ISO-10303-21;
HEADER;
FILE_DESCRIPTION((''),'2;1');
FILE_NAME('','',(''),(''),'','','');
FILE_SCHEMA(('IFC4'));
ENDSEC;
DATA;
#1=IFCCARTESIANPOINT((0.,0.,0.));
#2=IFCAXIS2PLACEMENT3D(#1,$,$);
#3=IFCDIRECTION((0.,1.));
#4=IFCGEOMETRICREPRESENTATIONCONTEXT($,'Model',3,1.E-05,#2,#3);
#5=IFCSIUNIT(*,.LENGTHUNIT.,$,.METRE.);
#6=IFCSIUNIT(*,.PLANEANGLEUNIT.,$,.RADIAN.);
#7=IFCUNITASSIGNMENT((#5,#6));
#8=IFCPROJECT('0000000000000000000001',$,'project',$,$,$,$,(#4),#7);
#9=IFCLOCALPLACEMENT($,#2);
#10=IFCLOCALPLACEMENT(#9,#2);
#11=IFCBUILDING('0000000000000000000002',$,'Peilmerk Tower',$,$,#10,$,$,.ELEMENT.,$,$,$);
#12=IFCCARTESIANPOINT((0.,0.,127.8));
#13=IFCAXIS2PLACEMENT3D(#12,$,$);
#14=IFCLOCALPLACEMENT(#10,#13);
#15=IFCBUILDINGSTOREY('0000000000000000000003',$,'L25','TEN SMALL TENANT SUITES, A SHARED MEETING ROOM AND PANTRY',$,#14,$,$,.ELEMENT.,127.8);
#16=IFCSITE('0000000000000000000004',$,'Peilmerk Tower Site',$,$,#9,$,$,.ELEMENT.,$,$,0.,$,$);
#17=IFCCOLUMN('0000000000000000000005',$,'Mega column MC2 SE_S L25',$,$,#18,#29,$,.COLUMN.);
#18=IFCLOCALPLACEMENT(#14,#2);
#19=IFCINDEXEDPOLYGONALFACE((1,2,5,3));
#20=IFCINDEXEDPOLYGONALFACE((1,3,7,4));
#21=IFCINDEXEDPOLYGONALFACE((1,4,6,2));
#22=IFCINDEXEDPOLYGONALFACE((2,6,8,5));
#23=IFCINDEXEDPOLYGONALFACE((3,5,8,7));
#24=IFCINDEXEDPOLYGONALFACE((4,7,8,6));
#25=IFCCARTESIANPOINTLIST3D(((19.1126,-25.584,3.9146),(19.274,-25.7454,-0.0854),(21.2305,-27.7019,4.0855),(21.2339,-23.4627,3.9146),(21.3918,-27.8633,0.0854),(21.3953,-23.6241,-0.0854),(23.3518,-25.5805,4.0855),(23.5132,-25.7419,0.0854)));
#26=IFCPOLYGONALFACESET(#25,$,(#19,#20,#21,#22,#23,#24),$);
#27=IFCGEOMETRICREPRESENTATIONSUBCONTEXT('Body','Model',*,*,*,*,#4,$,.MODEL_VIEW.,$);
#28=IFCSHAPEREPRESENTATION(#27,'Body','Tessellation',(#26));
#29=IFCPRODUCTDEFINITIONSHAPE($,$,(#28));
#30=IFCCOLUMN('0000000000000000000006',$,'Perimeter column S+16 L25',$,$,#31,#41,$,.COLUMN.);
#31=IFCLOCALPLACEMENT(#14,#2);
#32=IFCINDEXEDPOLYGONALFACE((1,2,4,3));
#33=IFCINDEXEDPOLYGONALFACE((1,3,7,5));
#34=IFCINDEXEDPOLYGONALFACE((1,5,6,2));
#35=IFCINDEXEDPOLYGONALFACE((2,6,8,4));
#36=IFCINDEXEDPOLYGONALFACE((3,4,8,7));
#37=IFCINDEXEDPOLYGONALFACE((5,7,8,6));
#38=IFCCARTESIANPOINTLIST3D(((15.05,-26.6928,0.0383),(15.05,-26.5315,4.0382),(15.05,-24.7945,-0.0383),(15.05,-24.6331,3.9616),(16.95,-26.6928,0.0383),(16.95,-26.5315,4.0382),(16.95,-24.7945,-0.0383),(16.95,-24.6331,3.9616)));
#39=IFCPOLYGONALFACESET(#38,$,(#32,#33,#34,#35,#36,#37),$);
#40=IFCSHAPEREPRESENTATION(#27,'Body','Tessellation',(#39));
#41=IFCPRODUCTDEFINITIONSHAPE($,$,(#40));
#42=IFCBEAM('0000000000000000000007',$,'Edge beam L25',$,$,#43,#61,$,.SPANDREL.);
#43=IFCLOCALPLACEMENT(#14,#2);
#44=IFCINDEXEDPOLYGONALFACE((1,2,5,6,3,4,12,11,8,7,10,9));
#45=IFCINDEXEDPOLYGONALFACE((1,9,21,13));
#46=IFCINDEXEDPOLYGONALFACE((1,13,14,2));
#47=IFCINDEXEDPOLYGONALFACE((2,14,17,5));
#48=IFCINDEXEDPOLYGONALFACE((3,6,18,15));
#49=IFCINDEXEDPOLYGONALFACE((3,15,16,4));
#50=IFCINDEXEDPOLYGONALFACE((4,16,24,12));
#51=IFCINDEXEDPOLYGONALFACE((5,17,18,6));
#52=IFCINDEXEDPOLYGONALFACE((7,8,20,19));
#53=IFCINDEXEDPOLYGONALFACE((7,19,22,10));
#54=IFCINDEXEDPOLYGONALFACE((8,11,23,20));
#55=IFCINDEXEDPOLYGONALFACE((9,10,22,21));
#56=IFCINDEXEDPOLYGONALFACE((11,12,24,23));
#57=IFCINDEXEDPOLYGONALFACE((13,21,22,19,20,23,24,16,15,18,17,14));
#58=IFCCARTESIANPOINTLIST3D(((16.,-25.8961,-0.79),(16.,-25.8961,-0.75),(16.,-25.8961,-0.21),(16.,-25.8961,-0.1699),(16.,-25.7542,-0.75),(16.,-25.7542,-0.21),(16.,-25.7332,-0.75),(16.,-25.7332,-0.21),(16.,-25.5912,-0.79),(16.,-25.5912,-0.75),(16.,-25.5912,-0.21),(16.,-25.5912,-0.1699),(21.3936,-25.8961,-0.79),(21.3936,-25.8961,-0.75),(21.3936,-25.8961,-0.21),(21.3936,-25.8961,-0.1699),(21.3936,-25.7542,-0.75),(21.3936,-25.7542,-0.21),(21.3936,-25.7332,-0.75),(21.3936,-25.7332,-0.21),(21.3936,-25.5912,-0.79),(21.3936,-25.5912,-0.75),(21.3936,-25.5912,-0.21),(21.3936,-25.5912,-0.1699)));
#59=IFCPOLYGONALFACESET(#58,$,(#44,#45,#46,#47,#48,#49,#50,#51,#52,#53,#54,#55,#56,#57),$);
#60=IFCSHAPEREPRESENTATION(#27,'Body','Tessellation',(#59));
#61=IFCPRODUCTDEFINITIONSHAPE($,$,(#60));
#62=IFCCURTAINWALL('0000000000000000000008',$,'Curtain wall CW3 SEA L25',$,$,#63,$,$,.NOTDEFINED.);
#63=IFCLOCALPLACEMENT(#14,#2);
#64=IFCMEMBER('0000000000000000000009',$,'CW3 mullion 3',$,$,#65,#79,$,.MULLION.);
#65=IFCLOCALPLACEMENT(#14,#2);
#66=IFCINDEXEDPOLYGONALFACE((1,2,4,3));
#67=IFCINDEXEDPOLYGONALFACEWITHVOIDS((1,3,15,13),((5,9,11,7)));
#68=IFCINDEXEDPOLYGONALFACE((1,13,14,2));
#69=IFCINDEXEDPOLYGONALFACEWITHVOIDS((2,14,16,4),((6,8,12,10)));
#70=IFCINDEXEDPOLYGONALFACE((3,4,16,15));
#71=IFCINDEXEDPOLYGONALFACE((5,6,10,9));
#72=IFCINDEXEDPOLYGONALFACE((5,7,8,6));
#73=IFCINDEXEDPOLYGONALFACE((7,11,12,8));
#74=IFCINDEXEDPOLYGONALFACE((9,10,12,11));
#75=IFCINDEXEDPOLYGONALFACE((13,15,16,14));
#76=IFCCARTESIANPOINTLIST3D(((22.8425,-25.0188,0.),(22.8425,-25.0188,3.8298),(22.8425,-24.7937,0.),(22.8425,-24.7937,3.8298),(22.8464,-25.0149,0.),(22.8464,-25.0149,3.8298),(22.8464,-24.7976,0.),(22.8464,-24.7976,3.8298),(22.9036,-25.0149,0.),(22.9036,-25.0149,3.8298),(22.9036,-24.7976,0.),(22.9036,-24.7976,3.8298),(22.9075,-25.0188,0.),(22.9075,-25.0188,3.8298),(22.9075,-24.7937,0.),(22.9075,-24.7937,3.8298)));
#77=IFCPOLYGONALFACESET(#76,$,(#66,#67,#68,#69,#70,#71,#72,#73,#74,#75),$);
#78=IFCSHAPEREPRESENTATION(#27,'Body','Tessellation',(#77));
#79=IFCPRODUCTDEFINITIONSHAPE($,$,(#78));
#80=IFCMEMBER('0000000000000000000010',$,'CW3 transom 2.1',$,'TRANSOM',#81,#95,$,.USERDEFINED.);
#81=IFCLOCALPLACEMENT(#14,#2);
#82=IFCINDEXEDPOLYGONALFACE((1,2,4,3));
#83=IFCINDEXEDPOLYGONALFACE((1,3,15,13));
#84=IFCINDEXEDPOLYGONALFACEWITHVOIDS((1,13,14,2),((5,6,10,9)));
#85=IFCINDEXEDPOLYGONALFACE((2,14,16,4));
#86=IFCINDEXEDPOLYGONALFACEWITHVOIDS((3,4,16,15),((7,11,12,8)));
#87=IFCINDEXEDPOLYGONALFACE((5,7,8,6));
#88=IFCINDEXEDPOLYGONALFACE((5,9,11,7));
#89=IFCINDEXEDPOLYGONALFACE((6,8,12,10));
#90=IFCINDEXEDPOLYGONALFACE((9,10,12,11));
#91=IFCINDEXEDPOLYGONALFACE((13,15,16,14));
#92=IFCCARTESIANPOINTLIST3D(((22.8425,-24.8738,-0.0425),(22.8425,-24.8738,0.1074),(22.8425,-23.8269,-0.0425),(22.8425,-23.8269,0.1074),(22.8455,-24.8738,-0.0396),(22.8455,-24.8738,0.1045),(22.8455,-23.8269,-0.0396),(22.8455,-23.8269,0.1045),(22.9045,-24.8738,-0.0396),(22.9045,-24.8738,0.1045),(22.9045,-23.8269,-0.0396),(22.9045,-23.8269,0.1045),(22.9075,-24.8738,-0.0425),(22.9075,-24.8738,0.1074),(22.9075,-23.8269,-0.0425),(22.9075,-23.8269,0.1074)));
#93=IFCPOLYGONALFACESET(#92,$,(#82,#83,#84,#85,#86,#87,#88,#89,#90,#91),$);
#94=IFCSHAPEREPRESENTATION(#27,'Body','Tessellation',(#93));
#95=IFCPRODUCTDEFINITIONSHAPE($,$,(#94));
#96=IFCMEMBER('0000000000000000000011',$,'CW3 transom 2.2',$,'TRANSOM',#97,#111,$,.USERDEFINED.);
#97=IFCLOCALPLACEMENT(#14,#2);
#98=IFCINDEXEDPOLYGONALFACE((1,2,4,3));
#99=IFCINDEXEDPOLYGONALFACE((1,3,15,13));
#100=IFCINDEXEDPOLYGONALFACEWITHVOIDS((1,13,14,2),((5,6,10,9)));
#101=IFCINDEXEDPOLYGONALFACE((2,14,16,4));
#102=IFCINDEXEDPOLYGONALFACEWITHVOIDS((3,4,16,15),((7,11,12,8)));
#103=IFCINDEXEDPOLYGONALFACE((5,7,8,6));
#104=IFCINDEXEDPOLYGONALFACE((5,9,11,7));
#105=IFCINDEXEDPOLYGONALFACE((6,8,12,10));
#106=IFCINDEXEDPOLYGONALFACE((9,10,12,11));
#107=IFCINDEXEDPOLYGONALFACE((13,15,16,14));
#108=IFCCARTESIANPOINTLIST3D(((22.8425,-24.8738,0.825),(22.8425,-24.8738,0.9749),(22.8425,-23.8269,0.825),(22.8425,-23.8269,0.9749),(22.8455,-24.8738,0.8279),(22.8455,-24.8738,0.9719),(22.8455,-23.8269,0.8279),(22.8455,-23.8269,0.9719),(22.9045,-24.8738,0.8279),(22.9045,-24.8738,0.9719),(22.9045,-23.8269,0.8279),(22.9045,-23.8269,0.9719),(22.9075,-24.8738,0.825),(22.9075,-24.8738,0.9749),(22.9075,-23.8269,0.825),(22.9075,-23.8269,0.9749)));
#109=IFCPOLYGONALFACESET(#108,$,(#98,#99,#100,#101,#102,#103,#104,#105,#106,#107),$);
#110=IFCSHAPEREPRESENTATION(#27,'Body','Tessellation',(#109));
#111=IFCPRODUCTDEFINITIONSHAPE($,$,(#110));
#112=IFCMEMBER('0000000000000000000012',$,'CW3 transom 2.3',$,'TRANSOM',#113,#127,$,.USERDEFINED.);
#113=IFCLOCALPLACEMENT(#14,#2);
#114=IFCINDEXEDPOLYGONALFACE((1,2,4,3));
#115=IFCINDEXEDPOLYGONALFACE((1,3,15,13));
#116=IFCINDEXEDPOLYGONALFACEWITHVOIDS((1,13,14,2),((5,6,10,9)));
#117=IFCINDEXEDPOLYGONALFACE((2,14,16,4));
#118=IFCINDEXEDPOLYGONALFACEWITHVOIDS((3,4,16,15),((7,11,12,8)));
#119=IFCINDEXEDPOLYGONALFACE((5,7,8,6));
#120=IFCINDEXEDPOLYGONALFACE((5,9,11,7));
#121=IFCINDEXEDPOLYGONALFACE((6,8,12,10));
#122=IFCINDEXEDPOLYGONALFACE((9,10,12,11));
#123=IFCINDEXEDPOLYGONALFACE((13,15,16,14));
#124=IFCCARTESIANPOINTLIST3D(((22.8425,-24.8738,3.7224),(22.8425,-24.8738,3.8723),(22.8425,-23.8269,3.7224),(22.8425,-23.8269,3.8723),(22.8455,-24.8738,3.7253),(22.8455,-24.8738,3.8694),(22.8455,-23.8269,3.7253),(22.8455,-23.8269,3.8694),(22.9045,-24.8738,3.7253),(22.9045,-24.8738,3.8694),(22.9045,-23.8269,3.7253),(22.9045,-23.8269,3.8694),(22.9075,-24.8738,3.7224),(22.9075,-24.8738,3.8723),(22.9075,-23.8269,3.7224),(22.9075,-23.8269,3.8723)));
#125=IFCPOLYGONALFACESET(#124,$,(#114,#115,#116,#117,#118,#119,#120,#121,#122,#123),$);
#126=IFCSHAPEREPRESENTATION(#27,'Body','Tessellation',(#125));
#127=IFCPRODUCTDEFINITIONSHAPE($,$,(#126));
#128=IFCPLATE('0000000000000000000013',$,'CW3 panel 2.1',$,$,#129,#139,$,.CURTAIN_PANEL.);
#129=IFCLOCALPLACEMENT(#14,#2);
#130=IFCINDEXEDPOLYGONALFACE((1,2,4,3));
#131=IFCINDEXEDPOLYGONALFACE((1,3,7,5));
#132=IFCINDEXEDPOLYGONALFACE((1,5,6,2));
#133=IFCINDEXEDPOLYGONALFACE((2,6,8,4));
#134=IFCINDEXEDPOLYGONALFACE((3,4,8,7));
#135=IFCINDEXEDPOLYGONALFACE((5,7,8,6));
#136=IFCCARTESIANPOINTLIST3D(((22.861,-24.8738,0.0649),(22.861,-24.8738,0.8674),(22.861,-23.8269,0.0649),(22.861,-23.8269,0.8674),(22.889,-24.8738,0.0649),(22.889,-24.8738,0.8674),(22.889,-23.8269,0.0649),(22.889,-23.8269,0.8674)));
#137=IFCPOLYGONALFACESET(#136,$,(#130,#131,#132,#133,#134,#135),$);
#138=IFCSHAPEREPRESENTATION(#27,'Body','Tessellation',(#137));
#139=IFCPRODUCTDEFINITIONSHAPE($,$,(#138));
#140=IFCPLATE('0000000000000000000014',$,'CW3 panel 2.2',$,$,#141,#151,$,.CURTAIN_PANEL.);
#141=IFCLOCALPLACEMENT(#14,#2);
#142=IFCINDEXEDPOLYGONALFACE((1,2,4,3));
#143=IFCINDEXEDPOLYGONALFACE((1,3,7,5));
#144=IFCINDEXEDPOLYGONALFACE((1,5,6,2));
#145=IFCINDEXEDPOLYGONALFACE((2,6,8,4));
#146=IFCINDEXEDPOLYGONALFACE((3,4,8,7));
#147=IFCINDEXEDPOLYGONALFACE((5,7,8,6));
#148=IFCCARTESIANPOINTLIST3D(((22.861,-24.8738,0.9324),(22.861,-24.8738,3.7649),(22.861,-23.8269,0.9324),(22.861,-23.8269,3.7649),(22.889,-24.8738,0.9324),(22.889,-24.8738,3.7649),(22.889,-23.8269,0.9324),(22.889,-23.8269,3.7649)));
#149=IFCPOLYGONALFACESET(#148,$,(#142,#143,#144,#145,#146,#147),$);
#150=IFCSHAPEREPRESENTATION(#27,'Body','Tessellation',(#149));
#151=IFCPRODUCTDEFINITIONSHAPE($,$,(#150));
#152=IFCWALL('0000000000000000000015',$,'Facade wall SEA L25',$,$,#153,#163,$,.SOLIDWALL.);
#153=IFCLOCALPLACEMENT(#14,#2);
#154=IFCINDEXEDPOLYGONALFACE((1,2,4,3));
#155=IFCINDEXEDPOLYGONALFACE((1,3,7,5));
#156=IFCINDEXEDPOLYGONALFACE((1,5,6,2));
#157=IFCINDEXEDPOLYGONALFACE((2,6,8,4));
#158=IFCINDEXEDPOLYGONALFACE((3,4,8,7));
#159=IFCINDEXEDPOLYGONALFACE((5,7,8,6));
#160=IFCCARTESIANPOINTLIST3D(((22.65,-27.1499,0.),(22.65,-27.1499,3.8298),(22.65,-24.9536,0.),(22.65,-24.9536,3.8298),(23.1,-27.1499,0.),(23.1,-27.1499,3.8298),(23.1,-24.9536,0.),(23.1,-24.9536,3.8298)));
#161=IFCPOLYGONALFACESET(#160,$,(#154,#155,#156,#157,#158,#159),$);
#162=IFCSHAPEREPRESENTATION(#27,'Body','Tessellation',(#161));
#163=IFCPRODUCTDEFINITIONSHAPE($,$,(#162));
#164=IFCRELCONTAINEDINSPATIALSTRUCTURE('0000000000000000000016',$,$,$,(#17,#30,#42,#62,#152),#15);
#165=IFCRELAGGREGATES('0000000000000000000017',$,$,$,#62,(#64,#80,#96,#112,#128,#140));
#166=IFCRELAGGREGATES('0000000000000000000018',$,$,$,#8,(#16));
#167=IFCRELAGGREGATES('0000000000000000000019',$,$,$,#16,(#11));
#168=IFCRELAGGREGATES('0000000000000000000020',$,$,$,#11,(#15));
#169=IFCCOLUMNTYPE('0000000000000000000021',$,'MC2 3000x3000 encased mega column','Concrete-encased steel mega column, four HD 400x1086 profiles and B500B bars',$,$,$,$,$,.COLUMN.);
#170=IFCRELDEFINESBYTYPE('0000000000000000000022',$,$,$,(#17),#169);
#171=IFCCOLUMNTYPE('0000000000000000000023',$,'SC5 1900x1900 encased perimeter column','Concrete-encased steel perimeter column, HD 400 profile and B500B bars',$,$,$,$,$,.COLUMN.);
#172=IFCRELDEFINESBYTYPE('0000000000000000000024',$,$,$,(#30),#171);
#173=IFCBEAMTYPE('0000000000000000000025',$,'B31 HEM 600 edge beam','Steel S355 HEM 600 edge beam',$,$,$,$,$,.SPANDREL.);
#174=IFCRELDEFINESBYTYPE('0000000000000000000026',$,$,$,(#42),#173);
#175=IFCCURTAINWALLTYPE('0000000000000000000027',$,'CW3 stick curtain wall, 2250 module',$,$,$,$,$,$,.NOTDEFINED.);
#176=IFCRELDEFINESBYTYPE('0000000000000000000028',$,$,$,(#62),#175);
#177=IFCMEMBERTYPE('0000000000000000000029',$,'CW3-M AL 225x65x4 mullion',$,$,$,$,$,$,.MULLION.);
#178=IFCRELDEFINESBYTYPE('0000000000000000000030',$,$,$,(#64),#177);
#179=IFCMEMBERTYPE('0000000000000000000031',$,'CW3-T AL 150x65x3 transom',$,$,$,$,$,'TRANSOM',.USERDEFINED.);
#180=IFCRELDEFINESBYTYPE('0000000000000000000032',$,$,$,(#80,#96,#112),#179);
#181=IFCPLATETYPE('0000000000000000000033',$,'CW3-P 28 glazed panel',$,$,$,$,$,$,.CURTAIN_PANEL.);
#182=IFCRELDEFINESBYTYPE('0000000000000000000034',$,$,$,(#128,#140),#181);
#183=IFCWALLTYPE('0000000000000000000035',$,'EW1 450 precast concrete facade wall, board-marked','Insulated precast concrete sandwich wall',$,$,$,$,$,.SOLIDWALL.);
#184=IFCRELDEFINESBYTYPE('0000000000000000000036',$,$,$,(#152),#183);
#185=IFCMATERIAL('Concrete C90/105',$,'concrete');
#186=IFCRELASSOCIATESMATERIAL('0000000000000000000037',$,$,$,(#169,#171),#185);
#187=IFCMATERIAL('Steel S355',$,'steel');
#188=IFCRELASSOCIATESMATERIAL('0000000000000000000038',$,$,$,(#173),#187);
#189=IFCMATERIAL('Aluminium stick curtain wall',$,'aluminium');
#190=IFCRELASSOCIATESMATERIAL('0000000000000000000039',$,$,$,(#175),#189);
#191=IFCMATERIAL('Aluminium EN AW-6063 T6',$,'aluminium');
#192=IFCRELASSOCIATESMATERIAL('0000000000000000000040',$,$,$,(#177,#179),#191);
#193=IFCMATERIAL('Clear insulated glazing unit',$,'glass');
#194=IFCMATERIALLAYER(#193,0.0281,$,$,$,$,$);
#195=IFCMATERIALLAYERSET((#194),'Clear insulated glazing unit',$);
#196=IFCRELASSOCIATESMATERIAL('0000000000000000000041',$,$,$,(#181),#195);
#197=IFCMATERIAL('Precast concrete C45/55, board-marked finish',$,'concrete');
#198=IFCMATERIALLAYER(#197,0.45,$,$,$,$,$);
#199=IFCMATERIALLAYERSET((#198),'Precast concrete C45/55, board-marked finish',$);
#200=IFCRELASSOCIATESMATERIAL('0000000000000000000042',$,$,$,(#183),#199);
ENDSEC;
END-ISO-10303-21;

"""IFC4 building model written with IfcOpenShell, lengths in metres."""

from ifc_helpers import new_model, si_unit, direction, frame, frame_2d, origin, origin_2d, place, context, subcontext, project, spatial, rectangle, hollow_rectangle, i_section, extrude, material, layer, layer_set, material_profile, profile_set, type_object, element, aggregate, save


model = new_model("IFC4")

# Units and contexts
model_context = context("Model", 3, precision=1e-05, world=origin(), true_north=direction((0.0, 1.0)))
body_context = subcontext(model_context, "Body", "Model", "MODEL_VIEW")
ifc_project = project(units=[si_unit("LENGTHUNIT", "METRE"), si_unit("PLANEANGLEUNIT", "RADIAN")], contexts=[model_context])

# Site, building, storey
site_placement = place(None, origin())
site = spatial("IfcSite", under=ifc_project, at=site_placement, Name="Peilmerk Tower Site", CompositionType="ELEMENT", RefElevation=0.0)
building_placement = place(site_placement, origin())
building = spatial("IfcBuilding", under=site, at=building_placement, Name="Peilmerk Tower", CompositionType="ELEMENT")
storey_placement = place(building_placement, frame((0.0, 0.0, 127.8)))
storey = spatial("IfcBuildingStorey", under=building, at=storey_placement, Name="L25", Description="TEN SMALL TENANT SUITES, A SHARED MEETING ROOM AND PANTRY", CompositionType="ELEMENT", Elevation=127.8)

# Columns
ifc_material_1 = material(Name="Concrete C90/105", Category="concrete")
ifc_material_profile_1 = material_profile(ifc_material_1, rectangle(XDim=3.0, YDim=3.0, at=origin_2d()), Name="RC 3000x3000")
ifc_profile_set_1 = profile_set([ifc_material_profile_1], Name="Concrete C90/105")
column_type_1 = type_object("IfcColumnType", Name="MC2 3000x3000 encased mega column", Description="Concrete-encased steel mega column, four HD 400x1086 profiles and B500B bars", PredefinedType="COLUMN", material=ifc_profile_set_1)
column_1_placement = place(storey_placement, frame((21.3936, -25.7437, 0.0), z_axis=(-0.040279, 0.040279, 0.998376), x_axis=(-0.707107, -0.707107, 0.0)))
element("IfcColumn", 1, at=column_1_placement, inside=storey, type_object=column_type_1, Name="Mega column MC2 SE_S L25", PredefinedType="COLUMN", context=body_context, shape_type="SweptSolid", body=[
    extrude(rectangle(XDim=3.0, YDim=3.0, at=origin_2d()), origin(), (0.0, 0.0, 1.0), 4.0066),
])
ifc_material_profile_2 = material_profile(ifc_material_1, rectangle(XDim=1.8999, YDim=1.8999, at=origin_2d()), Name="RC 1900x1900")
ifc_profile_set_2 = profile_set([ifc_material_profile_2], Name="Concrete C90/105")
column_type_2 = type_object("IfcColumnType", Name="SC5 1900x1900 encased perimeter column", Description="Concrete-encased steel perimeter column, HD 400 profile and B500B bars", PredefinedType="COLUMN", material=ifc_profile_set_2)
column_2_placement = place(storey_placement, frame((16.0, -25.7437, 0.0), z_axis=(0.0, 0.040311, 0.999187), x_axis=(-1.0, 0.0, 0.0)))
element("IfcColumn", 2, at=column_2_placement, inside=storey, type_object=column_type_2, Name="Perimeter column S+16 L25", PredefinedType="COLUMN", context=body_context, shape_type="SweptSolid", body=[
    extrude(rectangle(XDim=1.8999, YDim=1.8999, at=origin_2d()), origin(), (0.0, 0.0, 1.0), 4.0032),
])

# Beam
ifc_material_2 = material(Name="Steel S355", Category="steel")
ifc_material_profile_3 = material_profile(ifc_material_2, i_section(OverallWidth=0.3049, OverallDepth=0.6201, WebThickness=0.021, FlangeThickness=0.04, at=origin_2d()), Name="HEM 600")
ifc_profile_set_3 = profile_set([ifc_material_profile_3], Name="Steel S355")
beam_type = type_object("IfcBeamType", Name="B31 HEM 600 edge beam", Description="Steel S355 HEM 600 edge beam", PredefinedType="SPANDREL", material=ifc_profile_set_3)
beam_placement = place(storey_placement, frame((16.0, -25.7437, -0.48), z_axis=(1.0, 0.0, 0.0), x_axis=(0.0, 1.0, 0.0)))
element("IfcBeam", 3, at=beam_placement, inside=storey, type_object=beam_type, Name="Edge beam L25", PredefinedType="SPANDREL", context=body_context, shape_type="SweptSolid", body=[
    extrude(i_section(OverallWidth=0.3049, OverallDepth=0.6201, WebThickness=0.021, FlangeThickness=0.04, at=origin_2d()), origin(), (0.0, 0.0, 1.0), 5.3936),
])

# Curtain wall, members, plates
ifc_material_3 = material(Name="Aluminium stick curtain wall", Category="aluminium")
curtain_wall_type = type_object("IfcCurtainWallType", Name="CW3 stick curtain wall, 2250 module", PredefinedType="NOTDEFINED", material=ifc_material_3)
curtain_wall_placement = place(storey_placement, origin())
curtain_wall = element("IfcCurtainWall", 4, at=curtain_wall_placement, inside=storey, type_object=curtain_wall_type, Name="Curtain wall CW3 SEA L25", PredefinedType="NOTDEFINED")
ifc_material_4 = material(Name="Aluminium EN AW-6063 T6", Category="aluminium")
ifc_material_profile_4 = material_profile(ifc_material_4, hollow_rectangle(XDim=0.0649, YDim=0.2251, WallThickness=0.0039, at=origin_2d()), Name="AL 225x65x4")
ifc_profile_set_4 = profile_set([ifc_material_profile_4], Name="Aluminium EN AW-6063 T6")
member_type_1 = type_object("IfcMemberType", Name="CW3-M AL 225x65x4 mullion", PredefinedType="MULLION", material=ifc_profile_set_4)
member_1_placement = place(storey_placement, frame((22.875, -24.9062, 0.0), z_axis=(0.0, 0.0, 1.0), x_axis=(1.0, 0.0, 0.0)))
member_1 = element("IfcMember", 5, at=member_1_placement, type_object=member_type_1, Name="CW3 mullion 3", PredefinedType="MULLION", context=body_context, shape_type="SweptSolid", body=[
    extrude(hollow_rectangle(XDim=0.0649, YDim=0.2251, WallThickness=0.0039, at=origin_2d()), origin(), (0.0, 0.0, 1.0), 3.8298),
])
ifc_material_profile_5 = material_profile(ifc_material_4, hollow_rectangle(XDim=0.0649, YDim=0.1499, WallThickness=0.0029, at=origin_2d()), Name="AL 150x65x3")
ifc_profile_set_5 = profile_set([ifc_material_profile_5], Name="Aluminium EN AW-6063 T6")
member_type_2 = type_object("IfcMemberType", Name="CW3-T AL 150x65x3 transom", ElementType="TRANSOM", PredefinedType="USERDEFINED", material=ifc_profile_set_5)
member_2_placement = place(storey_placement, frame((22.875, -23.8269, 0.0325), z_axis=(0.0, -1.0, 0.0), x_axis=(1.0, 0.0, 0.0)))
member_2 = element("IfcMember", 6, at=member_2_placement, type_object=member_type_2, Name="CW3 transom 2.1", ObjectType="TRANSOM", PredefinedType="USERDEFINED", context=body_context, shape_type="SweptSolid", body=[
    extrude(hollow_rectangle(XDim=0.0649, YDim=0.1499, WallThickness=0.0029, at=origin_2d()), origin(), (0.0, 0.0, 1.0), 1.0469),
])
member_3_placement = place(storey_placement, frame((22.875, -23.8269, 0.8999), z_axis=(0.0, -1.0, 0.0), x_axis=(1.0, 0.0, 0.0)))
member_3 = element("IfcMember", 7, at=member_3_placement, type_object=member_type_2, Name="CW3 transom 2.2", ObjectType="TRANSOM", PredefinedType="USERDEFINED", context=body_context, shape_type="SweptSolid", body=[
    extrude(hollow_rectangle(XDim=0.0649, YDim=0.1499, WallThickness=0.0029, at=origin_2d()), origin(), (0.0, 0.0, 1.0), 1.0469),
])
member_4_placement = place(storey_placement, frame((22.875, -23.8269, 3.7974), z_axis=(0.0, -1.0, 0.0), x_axis=(1.0, 0.0, 0.0)))
member_4 = element("IfcMember", 8, at=member_4_placement, type_object=member_type_2, Name="CW3 transom 2.3", ObjectType="TRANSOM", PredefinedType="USERDEFINED", context=body_context, shape_type="SweptSolid", body=[
    extrude(hollow_rectangle(XDim=0.0649, YDim=0.1499, WallThickness=0.0029, at=origin_2d()), origin(), (0.0, 0.0, 1.0), 1.0469),
])
ifc_material_5 = material(Name="Clear insulated glazing unit", Category="glass")
ifc_layer_1 = layer(ifc_material_5, 0.0281)
ifc_layer_set_1 = layer_set([ifc_layer_1], Name="Clear insulated glazing unit")
plate_type = type_object("IfcPlateType", Name="CW3-P 28 glazed panel", PredefinedType="CURTAIN_PANEL", material=ifc_layer_set_1)
plate_1_placement = place(storey_placement, frame((22.875, -24.3503, 0.0649), z_axis=(0.0, 0.0, 1.0), x_axis=(0.0, -1.0, 0.0)))
plate_1 = element("IfcPlate", 9, at=plate_1_placement, type_object=plate_type, Name="CW3 panel 2.1", PredefinedType="CURTAIN_PANEL", context=body_context, shape_type="SweptSolid", body=[
    extrude(rectangle(XDim=1.0469, YDim=0.0281, at=origin_2d()), origin(), (0.0, 0.0, 1.0), 0.8025),
])
plate_2_placement = place(storey_placement, frame((22.875, -24.3503, 0.9324), z_axis=(0.0, 0.0, 1.0), x_axis=(0.0, -1.0, 0.0)))
plate_2 = element("IfcPlate", 10, at=plate_2_placement, type_object=plate_type, Name="CW3 panel 2.2", PredefinedType="CURTAIN_PANEL", context=body_context, shape_type="SweptSolid", body=[
    extrude(rectangle(XDim=1.0469, YDim=0.0281, at=origin_2d()), origin(), (0.0, 0.0, 1.0), 2.8325),
])
aggregate(curtain_wall, [member_1, member_2, member_3, member_4, plate_1, plate_2])

# Wall
ifc_material_6 = material(Name="Precast concrete C45/55, board-marked finish", Category="concrete")
ifc_layer_2 = layer(ifc_material_6, 0.45)
ifc_layer_set_2 = layer_set([ifc_layer_2], Name="Precast concrete C45/55, board-marked finish")
wall_type = type_object("IfcWallType", Name="EW1 450 precast concrete facade wall, board-marked", Description="Insulated precast concrete sandwich wall", PredefinedType="SOLIDWALL", material=ifc_layer_set_2)
wall_placement = place(storey_placement, frame((22.875, -24.9536, 0.0), z_axis=(0.0, 0.0, 1.0), x_axis=(0.0, -1.0, 0.0)))
element("IfcWall", 11, at=wall_placement, inside=storey, type_object=wall_type, Name="Facade wall SEA L25", PredefinedType="SOLIDWALL", context=body_context, shape_type="SweptSolid", body=[
    extrude(rectangle(XDim=2.1963, YDim=0.45, at=frame_2d((1.0981, 0.0))), origin(), (0.0, 0.0, 1.0), 3.8298),
])

save(model, "model.ifc")
